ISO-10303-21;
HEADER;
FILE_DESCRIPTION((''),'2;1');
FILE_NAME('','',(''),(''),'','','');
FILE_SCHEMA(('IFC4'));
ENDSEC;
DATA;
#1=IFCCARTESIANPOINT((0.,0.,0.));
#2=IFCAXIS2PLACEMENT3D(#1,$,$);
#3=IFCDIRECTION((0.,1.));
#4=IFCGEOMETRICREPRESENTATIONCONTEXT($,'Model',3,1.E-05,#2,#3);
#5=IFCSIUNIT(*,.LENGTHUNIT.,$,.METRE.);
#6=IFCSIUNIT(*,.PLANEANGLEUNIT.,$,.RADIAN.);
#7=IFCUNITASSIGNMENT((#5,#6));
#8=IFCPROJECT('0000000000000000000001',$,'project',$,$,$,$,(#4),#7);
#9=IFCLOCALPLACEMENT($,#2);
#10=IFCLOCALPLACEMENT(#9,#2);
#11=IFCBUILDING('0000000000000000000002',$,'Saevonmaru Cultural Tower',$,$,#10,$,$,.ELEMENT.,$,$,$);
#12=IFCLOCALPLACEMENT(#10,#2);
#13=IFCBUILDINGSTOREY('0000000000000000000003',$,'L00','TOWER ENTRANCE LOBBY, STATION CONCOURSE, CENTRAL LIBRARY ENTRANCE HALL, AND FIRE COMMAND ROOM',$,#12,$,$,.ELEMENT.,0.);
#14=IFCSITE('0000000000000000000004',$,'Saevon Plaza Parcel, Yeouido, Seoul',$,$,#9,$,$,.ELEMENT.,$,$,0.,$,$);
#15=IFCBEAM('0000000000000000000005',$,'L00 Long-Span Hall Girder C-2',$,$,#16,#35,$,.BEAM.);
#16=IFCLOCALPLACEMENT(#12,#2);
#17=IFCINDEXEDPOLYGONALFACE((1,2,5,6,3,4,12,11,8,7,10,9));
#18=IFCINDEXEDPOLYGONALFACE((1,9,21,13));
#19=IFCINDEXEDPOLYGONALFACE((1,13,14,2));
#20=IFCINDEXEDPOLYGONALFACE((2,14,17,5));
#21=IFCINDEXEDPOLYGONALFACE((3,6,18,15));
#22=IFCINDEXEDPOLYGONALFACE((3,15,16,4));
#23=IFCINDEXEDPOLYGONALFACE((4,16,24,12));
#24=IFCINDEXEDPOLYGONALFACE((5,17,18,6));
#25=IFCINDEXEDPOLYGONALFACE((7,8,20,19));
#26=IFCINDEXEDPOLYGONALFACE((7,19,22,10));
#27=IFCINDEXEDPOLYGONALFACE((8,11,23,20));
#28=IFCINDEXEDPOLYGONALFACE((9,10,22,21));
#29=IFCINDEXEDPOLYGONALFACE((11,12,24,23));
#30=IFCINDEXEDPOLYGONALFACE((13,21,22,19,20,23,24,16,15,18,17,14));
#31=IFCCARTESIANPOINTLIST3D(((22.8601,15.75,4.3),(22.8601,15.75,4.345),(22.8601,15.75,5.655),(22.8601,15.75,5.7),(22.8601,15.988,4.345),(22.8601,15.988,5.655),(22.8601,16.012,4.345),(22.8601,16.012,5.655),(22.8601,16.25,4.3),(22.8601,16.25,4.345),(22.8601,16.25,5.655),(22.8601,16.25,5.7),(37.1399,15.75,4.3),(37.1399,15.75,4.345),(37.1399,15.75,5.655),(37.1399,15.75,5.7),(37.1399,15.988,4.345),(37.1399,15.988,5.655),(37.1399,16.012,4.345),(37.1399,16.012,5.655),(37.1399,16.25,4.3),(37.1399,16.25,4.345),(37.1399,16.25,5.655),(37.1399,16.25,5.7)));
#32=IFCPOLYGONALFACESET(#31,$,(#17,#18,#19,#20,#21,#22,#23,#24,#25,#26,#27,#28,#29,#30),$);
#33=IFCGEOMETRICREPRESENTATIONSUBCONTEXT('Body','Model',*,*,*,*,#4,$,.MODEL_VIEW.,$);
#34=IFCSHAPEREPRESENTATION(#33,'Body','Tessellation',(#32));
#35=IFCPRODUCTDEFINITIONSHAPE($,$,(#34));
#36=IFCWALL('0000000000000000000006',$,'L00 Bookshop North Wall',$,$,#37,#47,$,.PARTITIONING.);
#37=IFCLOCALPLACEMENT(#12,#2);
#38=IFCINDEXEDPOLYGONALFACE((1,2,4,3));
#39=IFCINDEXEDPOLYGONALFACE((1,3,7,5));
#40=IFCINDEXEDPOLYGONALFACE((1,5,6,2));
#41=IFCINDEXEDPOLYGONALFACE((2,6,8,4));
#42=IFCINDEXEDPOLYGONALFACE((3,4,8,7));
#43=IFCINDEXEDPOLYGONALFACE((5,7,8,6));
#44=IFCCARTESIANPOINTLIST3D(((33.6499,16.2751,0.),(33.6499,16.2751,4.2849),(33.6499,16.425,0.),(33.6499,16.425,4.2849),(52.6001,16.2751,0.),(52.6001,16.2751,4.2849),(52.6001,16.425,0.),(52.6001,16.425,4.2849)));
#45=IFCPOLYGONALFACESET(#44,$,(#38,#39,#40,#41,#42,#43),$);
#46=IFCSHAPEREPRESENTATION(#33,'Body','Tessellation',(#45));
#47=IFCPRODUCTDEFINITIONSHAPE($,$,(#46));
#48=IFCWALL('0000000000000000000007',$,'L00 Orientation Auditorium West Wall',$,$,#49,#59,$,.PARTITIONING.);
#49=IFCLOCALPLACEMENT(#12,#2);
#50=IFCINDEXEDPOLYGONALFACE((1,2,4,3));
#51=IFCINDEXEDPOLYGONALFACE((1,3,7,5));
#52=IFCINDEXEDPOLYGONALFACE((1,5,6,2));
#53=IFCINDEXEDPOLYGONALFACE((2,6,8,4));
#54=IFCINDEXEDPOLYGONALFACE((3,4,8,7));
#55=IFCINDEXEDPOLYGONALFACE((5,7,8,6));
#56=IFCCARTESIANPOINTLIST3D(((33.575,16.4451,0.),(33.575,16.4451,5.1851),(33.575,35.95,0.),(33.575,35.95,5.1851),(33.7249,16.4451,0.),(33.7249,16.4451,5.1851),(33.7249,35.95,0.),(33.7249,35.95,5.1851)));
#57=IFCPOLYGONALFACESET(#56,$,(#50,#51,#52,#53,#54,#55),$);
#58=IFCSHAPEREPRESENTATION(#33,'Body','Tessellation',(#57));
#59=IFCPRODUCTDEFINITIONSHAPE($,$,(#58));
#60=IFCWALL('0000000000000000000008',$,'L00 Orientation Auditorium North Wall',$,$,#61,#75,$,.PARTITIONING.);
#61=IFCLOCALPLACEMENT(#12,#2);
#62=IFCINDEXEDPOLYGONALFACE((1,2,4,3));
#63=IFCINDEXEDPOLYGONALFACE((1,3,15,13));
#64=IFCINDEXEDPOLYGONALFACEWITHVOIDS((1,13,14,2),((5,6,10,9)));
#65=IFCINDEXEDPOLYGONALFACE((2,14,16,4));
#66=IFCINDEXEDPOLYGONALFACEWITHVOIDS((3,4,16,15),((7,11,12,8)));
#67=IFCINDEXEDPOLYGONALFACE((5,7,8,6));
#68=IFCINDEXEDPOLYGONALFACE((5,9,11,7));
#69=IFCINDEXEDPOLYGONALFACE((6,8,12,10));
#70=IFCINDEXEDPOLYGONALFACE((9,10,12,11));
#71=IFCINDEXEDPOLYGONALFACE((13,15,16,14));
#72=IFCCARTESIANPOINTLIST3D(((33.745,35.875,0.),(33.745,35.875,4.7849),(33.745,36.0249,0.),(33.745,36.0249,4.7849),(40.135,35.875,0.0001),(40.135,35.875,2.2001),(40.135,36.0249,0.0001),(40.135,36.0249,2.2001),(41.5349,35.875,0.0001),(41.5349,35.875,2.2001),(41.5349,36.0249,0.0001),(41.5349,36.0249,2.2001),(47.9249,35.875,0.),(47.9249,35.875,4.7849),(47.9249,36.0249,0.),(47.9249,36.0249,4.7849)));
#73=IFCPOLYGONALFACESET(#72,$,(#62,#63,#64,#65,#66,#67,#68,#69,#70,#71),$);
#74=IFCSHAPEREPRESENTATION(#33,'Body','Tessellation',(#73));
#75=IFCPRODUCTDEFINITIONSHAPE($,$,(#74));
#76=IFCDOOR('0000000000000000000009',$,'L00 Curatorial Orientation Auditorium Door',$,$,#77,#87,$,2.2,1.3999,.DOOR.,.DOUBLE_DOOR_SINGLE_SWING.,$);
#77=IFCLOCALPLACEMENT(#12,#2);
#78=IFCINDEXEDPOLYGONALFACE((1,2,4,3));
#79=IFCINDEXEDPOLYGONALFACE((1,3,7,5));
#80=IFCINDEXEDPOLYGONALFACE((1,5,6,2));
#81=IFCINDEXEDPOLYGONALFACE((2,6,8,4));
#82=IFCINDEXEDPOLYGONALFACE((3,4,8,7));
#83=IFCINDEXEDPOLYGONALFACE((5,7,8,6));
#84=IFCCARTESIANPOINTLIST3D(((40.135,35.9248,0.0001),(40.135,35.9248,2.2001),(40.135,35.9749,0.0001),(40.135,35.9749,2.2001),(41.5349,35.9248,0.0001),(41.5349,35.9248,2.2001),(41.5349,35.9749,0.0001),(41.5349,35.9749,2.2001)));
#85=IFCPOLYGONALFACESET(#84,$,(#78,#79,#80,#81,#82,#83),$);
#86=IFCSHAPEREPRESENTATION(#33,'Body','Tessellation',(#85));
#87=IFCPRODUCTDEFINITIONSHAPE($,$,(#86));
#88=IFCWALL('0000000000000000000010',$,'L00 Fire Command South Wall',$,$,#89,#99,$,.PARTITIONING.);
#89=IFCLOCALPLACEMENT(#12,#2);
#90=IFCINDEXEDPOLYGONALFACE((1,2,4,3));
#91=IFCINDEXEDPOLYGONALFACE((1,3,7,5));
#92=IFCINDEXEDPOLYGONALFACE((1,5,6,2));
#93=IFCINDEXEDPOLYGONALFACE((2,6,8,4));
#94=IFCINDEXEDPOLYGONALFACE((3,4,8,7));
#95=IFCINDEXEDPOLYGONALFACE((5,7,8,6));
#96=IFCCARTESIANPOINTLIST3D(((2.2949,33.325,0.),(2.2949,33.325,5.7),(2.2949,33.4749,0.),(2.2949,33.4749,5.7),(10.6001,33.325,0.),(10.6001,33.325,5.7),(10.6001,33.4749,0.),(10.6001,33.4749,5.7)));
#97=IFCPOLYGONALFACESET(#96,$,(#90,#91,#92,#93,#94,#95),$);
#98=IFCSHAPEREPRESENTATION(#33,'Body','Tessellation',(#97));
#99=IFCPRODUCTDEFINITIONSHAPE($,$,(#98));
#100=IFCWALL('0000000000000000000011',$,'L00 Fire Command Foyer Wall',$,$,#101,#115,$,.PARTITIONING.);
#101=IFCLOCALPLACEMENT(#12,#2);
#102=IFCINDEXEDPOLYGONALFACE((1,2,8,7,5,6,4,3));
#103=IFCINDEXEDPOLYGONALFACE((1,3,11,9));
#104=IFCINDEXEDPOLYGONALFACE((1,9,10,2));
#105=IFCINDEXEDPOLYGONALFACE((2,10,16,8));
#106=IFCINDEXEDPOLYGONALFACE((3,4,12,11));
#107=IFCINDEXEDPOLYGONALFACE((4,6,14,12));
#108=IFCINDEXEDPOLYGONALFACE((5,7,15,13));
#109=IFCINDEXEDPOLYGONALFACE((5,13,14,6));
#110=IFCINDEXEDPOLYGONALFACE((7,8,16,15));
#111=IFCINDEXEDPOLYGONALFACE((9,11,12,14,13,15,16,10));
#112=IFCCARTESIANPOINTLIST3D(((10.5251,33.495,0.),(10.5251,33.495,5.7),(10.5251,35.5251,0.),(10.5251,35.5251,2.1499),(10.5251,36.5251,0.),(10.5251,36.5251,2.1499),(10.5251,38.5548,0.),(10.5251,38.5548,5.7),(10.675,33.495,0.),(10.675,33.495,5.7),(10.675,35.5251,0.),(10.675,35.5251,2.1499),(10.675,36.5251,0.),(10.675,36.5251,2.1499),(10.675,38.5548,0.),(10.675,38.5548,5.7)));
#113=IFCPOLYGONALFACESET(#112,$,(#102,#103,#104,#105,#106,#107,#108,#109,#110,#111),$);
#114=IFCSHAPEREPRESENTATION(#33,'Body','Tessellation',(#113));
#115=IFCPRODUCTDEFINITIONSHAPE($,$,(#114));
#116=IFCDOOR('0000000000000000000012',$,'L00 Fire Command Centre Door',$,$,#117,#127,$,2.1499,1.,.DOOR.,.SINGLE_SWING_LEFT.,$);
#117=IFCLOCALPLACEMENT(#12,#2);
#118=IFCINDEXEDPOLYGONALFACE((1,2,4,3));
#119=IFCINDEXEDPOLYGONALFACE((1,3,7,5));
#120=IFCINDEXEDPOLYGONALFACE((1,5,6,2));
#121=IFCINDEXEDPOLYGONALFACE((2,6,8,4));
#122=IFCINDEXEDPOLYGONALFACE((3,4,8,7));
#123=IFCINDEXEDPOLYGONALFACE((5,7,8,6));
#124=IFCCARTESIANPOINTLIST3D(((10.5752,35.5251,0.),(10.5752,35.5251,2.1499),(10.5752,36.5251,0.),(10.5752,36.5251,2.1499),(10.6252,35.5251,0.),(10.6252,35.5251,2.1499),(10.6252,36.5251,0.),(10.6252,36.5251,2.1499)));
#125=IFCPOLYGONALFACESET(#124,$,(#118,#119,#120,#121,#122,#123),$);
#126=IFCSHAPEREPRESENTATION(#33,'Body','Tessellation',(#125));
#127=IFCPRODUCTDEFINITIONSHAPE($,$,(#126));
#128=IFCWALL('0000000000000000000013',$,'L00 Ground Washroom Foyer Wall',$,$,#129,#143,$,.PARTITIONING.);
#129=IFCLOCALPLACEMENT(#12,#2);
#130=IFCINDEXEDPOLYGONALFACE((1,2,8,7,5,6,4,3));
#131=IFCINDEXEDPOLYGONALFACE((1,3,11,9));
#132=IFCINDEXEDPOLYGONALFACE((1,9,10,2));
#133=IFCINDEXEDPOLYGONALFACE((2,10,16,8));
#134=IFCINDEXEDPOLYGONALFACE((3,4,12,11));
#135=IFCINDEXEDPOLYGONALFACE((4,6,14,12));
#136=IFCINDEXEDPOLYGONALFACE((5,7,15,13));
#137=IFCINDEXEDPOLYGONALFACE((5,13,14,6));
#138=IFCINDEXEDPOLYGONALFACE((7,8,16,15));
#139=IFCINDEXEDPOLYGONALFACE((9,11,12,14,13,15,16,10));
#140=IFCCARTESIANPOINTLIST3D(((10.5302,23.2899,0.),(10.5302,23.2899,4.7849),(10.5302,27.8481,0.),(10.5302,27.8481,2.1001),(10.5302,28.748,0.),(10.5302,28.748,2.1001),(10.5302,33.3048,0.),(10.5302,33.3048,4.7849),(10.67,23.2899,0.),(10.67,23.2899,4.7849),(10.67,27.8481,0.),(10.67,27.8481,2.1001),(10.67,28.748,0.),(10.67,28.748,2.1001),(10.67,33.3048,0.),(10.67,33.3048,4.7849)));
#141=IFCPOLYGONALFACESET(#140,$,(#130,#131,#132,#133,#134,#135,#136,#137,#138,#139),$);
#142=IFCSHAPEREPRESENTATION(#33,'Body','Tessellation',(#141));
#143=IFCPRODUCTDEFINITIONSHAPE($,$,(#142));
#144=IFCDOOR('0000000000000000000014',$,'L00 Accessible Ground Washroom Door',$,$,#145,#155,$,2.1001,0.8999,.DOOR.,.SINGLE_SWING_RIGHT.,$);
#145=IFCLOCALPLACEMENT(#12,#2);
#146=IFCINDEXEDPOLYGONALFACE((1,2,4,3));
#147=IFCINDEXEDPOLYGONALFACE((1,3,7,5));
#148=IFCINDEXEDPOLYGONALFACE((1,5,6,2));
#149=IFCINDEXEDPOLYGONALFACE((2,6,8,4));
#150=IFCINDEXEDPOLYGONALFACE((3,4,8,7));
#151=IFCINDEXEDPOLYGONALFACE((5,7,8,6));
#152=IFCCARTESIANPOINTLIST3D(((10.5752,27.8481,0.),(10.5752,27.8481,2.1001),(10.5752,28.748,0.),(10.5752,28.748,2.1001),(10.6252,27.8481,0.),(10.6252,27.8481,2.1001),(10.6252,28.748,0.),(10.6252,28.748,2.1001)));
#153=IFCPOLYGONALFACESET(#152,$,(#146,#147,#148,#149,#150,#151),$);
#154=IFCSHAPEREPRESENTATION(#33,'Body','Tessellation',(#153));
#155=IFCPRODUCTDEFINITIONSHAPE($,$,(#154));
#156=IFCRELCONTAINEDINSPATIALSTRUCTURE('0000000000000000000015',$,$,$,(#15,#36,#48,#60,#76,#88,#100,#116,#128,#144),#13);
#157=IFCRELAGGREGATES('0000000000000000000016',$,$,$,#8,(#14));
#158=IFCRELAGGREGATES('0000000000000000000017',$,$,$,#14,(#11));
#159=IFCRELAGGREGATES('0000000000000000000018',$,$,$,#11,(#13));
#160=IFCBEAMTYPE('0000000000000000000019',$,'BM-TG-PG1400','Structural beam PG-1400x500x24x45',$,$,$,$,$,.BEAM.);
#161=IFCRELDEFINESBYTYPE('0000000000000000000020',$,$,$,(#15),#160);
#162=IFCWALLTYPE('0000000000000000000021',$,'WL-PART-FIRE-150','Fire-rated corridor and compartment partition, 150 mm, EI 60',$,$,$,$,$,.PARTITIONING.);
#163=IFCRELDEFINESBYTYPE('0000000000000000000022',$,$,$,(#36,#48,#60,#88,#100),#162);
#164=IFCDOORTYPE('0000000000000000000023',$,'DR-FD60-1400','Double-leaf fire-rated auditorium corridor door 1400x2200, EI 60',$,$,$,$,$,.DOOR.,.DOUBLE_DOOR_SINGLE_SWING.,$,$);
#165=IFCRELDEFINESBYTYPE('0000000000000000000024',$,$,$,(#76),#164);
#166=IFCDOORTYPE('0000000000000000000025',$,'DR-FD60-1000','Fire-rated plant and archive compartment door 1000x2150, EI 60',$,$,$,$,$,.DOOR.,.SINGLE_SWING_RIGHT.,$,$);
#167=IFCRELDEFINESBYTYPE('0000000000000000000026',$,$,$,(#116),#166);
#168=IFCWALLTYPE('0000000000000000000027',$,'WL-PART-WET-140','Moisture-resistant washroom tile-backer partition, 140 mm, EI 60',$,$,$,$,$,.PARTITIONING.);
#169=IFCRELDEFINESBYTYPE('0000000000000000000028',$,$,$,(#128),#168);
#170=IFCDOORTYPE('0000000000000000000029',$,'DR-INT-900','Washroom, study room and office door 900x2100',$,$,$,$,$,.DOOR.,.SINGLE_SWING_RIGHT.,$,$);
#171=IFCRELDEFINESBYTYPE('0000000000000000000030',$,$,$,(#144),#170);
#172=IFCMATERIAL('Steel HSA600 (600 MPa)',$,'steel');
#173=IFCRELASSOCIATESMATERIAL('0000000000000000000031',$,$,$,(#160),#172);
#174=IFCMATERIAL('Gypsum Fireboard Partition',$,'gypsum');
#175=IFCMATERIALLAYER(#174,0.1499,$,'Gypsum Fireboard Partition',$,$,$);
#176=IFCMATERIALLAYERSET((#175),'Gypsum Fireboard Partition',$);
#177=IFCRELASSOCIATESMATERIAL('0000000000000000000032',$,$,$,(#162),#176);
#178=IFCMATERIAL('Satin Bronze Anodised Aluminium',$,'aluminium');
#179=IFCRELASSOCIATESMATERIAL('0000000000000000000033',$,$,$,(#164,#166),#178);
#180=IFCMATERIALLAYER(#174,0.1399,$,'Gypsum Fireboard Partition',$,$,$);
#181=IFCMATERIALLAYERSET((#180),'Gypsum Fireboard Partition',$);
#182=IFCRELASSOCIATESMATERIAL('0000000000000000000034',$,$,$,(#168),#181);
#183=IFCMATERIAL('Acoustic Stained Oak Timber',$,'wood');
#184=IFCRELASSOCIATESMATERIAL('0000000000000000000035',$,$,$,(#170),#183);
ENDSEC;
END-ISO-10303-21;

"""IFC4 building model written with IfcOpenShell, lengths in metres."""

from ifc_helpers import new_model, si_unit, direction, frame, frame_2d, origin, origin_2d, place, context, subcontext, project, spatial, rectangle, i_section, extrude, material, layer, layer_set, material_profile, profile_set, type_object, element, fill, save


model = new_model("IFC4")

# Units and contexts
model_context = context("Model", 3, precision=1e-05, world=origin(), true_north=direction((0.0, 1.0)))
body_context = subcontext(model_context, "Body", "Model", "MODEL_VIEW")
ifc_project = project(units=[si_unit("LENGTHUNIT", "METRE"), si_unit("PLANEANGLEUNIT", "RADIAN")], contexts=[model_context])

# Site, building, storey
site_placement = place(None, origin())
site = spatial("IfcSite", under=ifc_project, at=site_placement, Name="Saevon Plaza Parcel, Yeouido, Seoul", CompositionType="ELEMENT", RefElevation=0.0)
building_placement = place(site_placement, origin())
building = spatial("IfcBuilding", under=site, at=building_placement, Name="Saevonmaru Cultural Tower", CompositionType="ELEMENT")
storey_placement = place(building_placement, origin())
storey = spatial("IfcBuildingStorey", under=building, at=storey_placement, Name="L00", Description="TOWER ENTRANCE LOBBY, STATION CONCOURSE, CENTRAL LIBRARY ENTRANCE HALL, AND FIRE COMMAND ROOM", CompositionType="ELEMENT", Elevation=0.0)

# Shared definitions
ifc_material_1 = material(Name="Steel HSA600 (600 MPa)", Category="steel")

# Beam
ifc_material_profile_1 = material_profile(ifc_material_1, i_section(OverallWidth=0.5, OverallDepth=1.3999, WebThickness=0.0239, FlangeThickness=0.0449, at=origin_2d()), Name="PG-1400x500x24x45")
ifc_profile_set_1 = profile_set([ifc_material_profile_1], Name="Steel HSA600 (600 MPa)")
beam_type_1 = type_object("IfcBeamType", Name="BM-TG-PG1400", Description="Structural beam PG-1400x500x24x45", PredefinedType="BEAM", material=ifc_profile_set_1)
beam_1_placement = place(storey_placement, frame((22.8601, 16.0, 5.0), z_axis=(1.0, 0.0, 0.0), x_axis=(0.0, 1.0, 0.0)))
element("IfcBeam", 1, at=beam_1_placement, inside=storey, type_object=beam_type_1, Name="L00 Long-Span Hall Girder C-2", PredefinedType="BEAM", context=body_context, shape_type="SweptSolid", body=[
    extrude(i_section(OverallWidth=0.5, OverallDepth=1.3999, WebThickness=0.0239, FlangeThickness=0.0449, at=origin_2d()), origin(), (0.0, 0.0, 1.0), 14.2798),
])

# Walls
ifc_material_2 = material(Name="Gypsum Fireboard Partition", Category="gypsum")
ifc_layer_1 = layer(ifc_material_2, 0.1499, Name="Gypsum Fireboard Partition")
ifc_layer_set_1 = layer_set([ifc_layer_1], Name="Gypsum Fireboard Partition")
wall_type_1 = type_object("IfcWallType", Name="WL-PART-FIRE-150", Description="Fire-rated corridor and compartment partition, 150 mm, EI 60", PredefinedType="PARTITIONING", material=ifc_layer_set_1)
wall_1_placement = place(storey_placement, frame((33.6499, 16.3501, 0.0), z_axis=(0.0, 0.0, 1.0), x_axis=(1.0, 0.0, 0.0)))
element("IfcWall", 2, at=wall_1_placement, inside=storey, type_object=wall_type_1, Name="L00 Bookshop North Wall", PredefinedType="PARTITIONING", context=body_context, shape_type="SweptSolid", body=[
    extrude(rectangle(XDim=18.9502, YDim=0.1499, at=frame_2d((9.4751, 0.0))), origin(), (0.0, 0.0, 1.0), 4.2849),
])
wall_2_placement = place(storey_placement, frame((33.6499, 16.4451, 0.0), z_axis=(0.0, 0.0, 1.0), x_axis=(0.0, 1.0, 0.0)))
element("IfcWall", 3, at=wall_2_placement, inside=storey, type_object=wall_type_1, Name="L00 Orientation Auditorium West Wall", PredefinedType="PARTITIONING", context=body_context, shape_type="SweptSolid", body=[
    extrude(rectangle(XDim=19.5049, YDim=0.1499, at=frame_2d((9.7524, 0.0))), origin(), (0.0, 0.0, 1.0), 5.1851),
])

# Wall, opening, door
wall_3_placement = place(storey_placement, frame((33.7451, 35.95, 0.0), z_axis=(0.0, 0.0, 1.0), x_axis=(1.0, 0.0, 0.0)))
wall_3 = element("IfcWall", 4, at=wall_3_placement, inside=storey, type_object=wall_type_1, Name="L00 Orientation Auditorium North Wall", PredefinedType="PARTITIONING", context=body_context, shape_type="SweptSolid", body=[
    extrude(rectangle(XDim=14.1799, YDim=0.1499, at=frame_2d((7.0898, 0.0))), origin(), (0.0, 0.0, 1.0), 4.7849),
])
opening_1_placement = place(wall_3_placement, frame((6.3899, 0.0, 0.0)))
opening_1 = element("IfcOpeningElement", 5, at=opening_1_placement, cuts=wall_3, PredefinedType="OPENING", context=body_context, shape_type="SweptSolid", body=[
    extrude(rectangle(XDim=1.3999, YDim=2.2, at=frame_2d((0.7, 1.1001))), frame((0.0, 0.085, 0.0), z_axis=(0.0, -1.0, 0.0), x_axis=(1.0, 0.0, 0.0)), (0.0, 0.0, 1.0), 0.1699),
])
ifc_material_3 = material(Name="Satin Bronze Anodised Aluminium", Category="aluminium")
door_type_1 = type_object("IfcDoorType", Name="DR-FD60-1400", Description="Double-leaf fire-rated auditorium corridor door 1400x2200, EI 60", OperationType="DOUBLE_DOOR_SINGLE_SWING", PredefinedType="DOOR", material=ifc_material_3)
door_1_placement = place(opening_1_placement, origin())
door_1 = element("IfcDoor", 6, at=door_1_placement, inside=storey, type_object=door_type_1, Name="L00 Curatorial Orientation Auditorium Door", OperationType="DOUBLE_DOOR_SINGLE_SWING", OverallHeight=2.2, OverallWidth=1.3999, PredefinedType="DOOR", context=body_context, shape_type="SweptSolid", body=[
    extrude(rectangle(XDim=1.3999, YDim=2.2, at=frame_2d((0.7, 1.1001))), frame((0.0, 0.0249, 0.0), z_axis=(0.0, -1.0, 0.0), x_axis=(1.0, 0.0, 0.0)), (0.0, 0.0, 1.0), 0.05),
])
fill(opening_1, door_1)

# Wall
wall_4_placement = place(storey_placement, frame((2.2949, 33.3999, 0.0), z_axis=(0.0, 0.0, 1.0), x_axis=(1.0, 0.0, 0.0)))
element("IfcWall", 7, at=wall_4_placement, inside=storey, type_object=wall_type_1, Name="L00 Fire Command South Wall", PredefinedType="PARTITIONING", context=body_context, shape_type="SweptSolid", body=[
    extrude(rectangle(XDim=8.3052, YDim=0.1499, at=frame_2d((4.1526, 0.0))), origin(), (0.0, 0.0, 1.0), 5.7),
])

# Walls, openings, doors
wall_5_placement = place(storey_placement, frame((10.6001, 33.4951, 0.0), z_axis=(0.0, 0.0, 1.0), x_axis=(0.0, 1.0, 0.0)))
wall_5 = element("IfcWall", 8, at=wall_5_placement, inside=storey, type_object=wall_type_1, Name="L00 Fire Command Foyer Wall", PredefinedType="PARTITIONING", context=body_context, shape_type="SweptSolid", body=[
    extrude(rectangle(XDim=5.0598, YDim=0.1499, at=frame_2d((2.5298, 0.0))), origin(), (0.0, 0.0, 1.0), 5.7),
])
opening_2_placement = place(wall_5_placement, frame((2.03, 0.0, 0.0)))
opening_2 = element("IfcOpeningElement", 9, at=opening_2_placement, cuts=wall_5, PredefinedType="OPENING", context=body_context, shape_type="SweptSolid", body=[
    extrude(rectangle(XDim=1.0, YDim=2.1499, at=frame_2d((0.5, 1.075))), frame((0.0, 0.085, 0.0), z_axis=(0.0, -1.0, 0.0), x_axis=(1.0, 0.0, 0.0)), (0.0, 0.0, 1.0), 0.1699),
])
door_type_2 = type_object("IfcDoorType", Name="DR-FD60-1000", Description="Fire-rated plant and archive compartment door 1000x2150, EI 60", OperationType="SINGLE_SWING_RIGHT", PredefinedType="DOOR", material=ifc_material_3)
door_2_placement = place(opening_2_placement, origin())
door_2 = element("IfcDoor", 10, at=door_2_placement, inside=storey, type_object=door_type_2, Name="L00 Fire Command Centre Door", OperationType="SINGLE_SWING_LEFT", OverallHeight=2.1499, OverallWidth=1.0, PredefinedType="DOOR", context=body_context, shape_type="SweptSolid", body=[
    extrude(rectangle(XDim=1.0, YDim=2.1499, at=frame_2d((0.5, 1.075))), frame((0.0, 0.0249, 0.0), z_axis=(0.0, -1.0, 0.0), x_axis=(1.0, 0.0, 0.0)), (0.0, 0.0, 1.0), 0.05),
])
fill(opening_2, door_2)
ifc_layer_2 = layer(ifc_material_2, 0.1399, Name="Gypsum Fireboard Partition")
ifc_layer_set_2 = layer_set([ifc_layer_2], Name="Gypsum Fireboard Partition")
wall_type_2 = type_object("IfcWallType", Name="WL-PART-WET-140", Description="Moisture-resistant washroom tile-backer partition, 140 mm, EI 60", PredefinedType="PARTITIONING", material=ifc_layer_set_2)
wall_6_placement = place(storey_placement, frame((10.6001, 23.29, 0.0), z_axis=(0.0, 0.0, 1.0), x_axis=(0.0, 1.0, 0.0)))
wall_6 = element("IfcWall", 11, at=wall_6_placement, inside=storey, type_object=wall_type_2, Name="L00 Ground Washroom Foyer Wall", PredefinedType="PARTITIONING", context=body_context, shape_type="SweptSolid", body=[
    extrude(rectangle(XDim=10.0149, YDim=0.1399, at=frame_2d((5.0073, 0.0))), origin(), (0.0, 0.0, 1.0), 4.7849),
])
opening_3_placement = place(wall_6_placement, frame((4.5581, 0.0, 0.0)))
opening_3 = element("IfcOpeningElement", 12, at=opening_3_placement, cuts=wall_6, PredefinedType="OPENING", context=body_context, shape_type="SweptSolid", body=[
    extrude(rectangle(XDim=0.8999, YDim=2.1001, at=frame_2d((0.45, 1.05))), frame((0.0, 0.0801, 0.0), z_axis=(0.0, -1.0, 0.0), x_axis=(1.0, 0.0, 0.0)), (0.0, 0.0, 1.0), 0.1599),
])
ifc_material_4 = material(Name="Acoustic Stained Oak Timber", Category="wood")
door_type_3 = type_object("IfcDoorType", Name="DR-INT-900", Description="Washroom, study room and office door 900x2100", OperationType="SINGLE_SWING_RIGHT", PredefinedType="DOOR", material=ifc_material_4)
door_3_placement = place(opening_3_placement, origin())
door_3 = element("IfcDoor", 13, at=door_3_placement, inside=storey, type_object=door_type_3, Name="L00 Accessible Ground Washroom Door", OperationType="SINGLE_SWING_RIGHT", OverallHeight=2.1001, OverallWidth=0.8999, PredefinedType="DOOR", context=body_context, shape_type="SweptSolid", body=[
    extrude(rectangle(XDim=0.8999, YDim=2.1001, at=frame_2d((0.45, 1.05))), frame((0.0, 0.0249, 0.0), z_axis=(0.0, -1.0, 0.0), x_axis=(1.0, 0.0, 0.0)), (0.0, 0.0, 1.0), 0.05),
])
fill(opening_3, door_3)

save(model, "model.ifc")
